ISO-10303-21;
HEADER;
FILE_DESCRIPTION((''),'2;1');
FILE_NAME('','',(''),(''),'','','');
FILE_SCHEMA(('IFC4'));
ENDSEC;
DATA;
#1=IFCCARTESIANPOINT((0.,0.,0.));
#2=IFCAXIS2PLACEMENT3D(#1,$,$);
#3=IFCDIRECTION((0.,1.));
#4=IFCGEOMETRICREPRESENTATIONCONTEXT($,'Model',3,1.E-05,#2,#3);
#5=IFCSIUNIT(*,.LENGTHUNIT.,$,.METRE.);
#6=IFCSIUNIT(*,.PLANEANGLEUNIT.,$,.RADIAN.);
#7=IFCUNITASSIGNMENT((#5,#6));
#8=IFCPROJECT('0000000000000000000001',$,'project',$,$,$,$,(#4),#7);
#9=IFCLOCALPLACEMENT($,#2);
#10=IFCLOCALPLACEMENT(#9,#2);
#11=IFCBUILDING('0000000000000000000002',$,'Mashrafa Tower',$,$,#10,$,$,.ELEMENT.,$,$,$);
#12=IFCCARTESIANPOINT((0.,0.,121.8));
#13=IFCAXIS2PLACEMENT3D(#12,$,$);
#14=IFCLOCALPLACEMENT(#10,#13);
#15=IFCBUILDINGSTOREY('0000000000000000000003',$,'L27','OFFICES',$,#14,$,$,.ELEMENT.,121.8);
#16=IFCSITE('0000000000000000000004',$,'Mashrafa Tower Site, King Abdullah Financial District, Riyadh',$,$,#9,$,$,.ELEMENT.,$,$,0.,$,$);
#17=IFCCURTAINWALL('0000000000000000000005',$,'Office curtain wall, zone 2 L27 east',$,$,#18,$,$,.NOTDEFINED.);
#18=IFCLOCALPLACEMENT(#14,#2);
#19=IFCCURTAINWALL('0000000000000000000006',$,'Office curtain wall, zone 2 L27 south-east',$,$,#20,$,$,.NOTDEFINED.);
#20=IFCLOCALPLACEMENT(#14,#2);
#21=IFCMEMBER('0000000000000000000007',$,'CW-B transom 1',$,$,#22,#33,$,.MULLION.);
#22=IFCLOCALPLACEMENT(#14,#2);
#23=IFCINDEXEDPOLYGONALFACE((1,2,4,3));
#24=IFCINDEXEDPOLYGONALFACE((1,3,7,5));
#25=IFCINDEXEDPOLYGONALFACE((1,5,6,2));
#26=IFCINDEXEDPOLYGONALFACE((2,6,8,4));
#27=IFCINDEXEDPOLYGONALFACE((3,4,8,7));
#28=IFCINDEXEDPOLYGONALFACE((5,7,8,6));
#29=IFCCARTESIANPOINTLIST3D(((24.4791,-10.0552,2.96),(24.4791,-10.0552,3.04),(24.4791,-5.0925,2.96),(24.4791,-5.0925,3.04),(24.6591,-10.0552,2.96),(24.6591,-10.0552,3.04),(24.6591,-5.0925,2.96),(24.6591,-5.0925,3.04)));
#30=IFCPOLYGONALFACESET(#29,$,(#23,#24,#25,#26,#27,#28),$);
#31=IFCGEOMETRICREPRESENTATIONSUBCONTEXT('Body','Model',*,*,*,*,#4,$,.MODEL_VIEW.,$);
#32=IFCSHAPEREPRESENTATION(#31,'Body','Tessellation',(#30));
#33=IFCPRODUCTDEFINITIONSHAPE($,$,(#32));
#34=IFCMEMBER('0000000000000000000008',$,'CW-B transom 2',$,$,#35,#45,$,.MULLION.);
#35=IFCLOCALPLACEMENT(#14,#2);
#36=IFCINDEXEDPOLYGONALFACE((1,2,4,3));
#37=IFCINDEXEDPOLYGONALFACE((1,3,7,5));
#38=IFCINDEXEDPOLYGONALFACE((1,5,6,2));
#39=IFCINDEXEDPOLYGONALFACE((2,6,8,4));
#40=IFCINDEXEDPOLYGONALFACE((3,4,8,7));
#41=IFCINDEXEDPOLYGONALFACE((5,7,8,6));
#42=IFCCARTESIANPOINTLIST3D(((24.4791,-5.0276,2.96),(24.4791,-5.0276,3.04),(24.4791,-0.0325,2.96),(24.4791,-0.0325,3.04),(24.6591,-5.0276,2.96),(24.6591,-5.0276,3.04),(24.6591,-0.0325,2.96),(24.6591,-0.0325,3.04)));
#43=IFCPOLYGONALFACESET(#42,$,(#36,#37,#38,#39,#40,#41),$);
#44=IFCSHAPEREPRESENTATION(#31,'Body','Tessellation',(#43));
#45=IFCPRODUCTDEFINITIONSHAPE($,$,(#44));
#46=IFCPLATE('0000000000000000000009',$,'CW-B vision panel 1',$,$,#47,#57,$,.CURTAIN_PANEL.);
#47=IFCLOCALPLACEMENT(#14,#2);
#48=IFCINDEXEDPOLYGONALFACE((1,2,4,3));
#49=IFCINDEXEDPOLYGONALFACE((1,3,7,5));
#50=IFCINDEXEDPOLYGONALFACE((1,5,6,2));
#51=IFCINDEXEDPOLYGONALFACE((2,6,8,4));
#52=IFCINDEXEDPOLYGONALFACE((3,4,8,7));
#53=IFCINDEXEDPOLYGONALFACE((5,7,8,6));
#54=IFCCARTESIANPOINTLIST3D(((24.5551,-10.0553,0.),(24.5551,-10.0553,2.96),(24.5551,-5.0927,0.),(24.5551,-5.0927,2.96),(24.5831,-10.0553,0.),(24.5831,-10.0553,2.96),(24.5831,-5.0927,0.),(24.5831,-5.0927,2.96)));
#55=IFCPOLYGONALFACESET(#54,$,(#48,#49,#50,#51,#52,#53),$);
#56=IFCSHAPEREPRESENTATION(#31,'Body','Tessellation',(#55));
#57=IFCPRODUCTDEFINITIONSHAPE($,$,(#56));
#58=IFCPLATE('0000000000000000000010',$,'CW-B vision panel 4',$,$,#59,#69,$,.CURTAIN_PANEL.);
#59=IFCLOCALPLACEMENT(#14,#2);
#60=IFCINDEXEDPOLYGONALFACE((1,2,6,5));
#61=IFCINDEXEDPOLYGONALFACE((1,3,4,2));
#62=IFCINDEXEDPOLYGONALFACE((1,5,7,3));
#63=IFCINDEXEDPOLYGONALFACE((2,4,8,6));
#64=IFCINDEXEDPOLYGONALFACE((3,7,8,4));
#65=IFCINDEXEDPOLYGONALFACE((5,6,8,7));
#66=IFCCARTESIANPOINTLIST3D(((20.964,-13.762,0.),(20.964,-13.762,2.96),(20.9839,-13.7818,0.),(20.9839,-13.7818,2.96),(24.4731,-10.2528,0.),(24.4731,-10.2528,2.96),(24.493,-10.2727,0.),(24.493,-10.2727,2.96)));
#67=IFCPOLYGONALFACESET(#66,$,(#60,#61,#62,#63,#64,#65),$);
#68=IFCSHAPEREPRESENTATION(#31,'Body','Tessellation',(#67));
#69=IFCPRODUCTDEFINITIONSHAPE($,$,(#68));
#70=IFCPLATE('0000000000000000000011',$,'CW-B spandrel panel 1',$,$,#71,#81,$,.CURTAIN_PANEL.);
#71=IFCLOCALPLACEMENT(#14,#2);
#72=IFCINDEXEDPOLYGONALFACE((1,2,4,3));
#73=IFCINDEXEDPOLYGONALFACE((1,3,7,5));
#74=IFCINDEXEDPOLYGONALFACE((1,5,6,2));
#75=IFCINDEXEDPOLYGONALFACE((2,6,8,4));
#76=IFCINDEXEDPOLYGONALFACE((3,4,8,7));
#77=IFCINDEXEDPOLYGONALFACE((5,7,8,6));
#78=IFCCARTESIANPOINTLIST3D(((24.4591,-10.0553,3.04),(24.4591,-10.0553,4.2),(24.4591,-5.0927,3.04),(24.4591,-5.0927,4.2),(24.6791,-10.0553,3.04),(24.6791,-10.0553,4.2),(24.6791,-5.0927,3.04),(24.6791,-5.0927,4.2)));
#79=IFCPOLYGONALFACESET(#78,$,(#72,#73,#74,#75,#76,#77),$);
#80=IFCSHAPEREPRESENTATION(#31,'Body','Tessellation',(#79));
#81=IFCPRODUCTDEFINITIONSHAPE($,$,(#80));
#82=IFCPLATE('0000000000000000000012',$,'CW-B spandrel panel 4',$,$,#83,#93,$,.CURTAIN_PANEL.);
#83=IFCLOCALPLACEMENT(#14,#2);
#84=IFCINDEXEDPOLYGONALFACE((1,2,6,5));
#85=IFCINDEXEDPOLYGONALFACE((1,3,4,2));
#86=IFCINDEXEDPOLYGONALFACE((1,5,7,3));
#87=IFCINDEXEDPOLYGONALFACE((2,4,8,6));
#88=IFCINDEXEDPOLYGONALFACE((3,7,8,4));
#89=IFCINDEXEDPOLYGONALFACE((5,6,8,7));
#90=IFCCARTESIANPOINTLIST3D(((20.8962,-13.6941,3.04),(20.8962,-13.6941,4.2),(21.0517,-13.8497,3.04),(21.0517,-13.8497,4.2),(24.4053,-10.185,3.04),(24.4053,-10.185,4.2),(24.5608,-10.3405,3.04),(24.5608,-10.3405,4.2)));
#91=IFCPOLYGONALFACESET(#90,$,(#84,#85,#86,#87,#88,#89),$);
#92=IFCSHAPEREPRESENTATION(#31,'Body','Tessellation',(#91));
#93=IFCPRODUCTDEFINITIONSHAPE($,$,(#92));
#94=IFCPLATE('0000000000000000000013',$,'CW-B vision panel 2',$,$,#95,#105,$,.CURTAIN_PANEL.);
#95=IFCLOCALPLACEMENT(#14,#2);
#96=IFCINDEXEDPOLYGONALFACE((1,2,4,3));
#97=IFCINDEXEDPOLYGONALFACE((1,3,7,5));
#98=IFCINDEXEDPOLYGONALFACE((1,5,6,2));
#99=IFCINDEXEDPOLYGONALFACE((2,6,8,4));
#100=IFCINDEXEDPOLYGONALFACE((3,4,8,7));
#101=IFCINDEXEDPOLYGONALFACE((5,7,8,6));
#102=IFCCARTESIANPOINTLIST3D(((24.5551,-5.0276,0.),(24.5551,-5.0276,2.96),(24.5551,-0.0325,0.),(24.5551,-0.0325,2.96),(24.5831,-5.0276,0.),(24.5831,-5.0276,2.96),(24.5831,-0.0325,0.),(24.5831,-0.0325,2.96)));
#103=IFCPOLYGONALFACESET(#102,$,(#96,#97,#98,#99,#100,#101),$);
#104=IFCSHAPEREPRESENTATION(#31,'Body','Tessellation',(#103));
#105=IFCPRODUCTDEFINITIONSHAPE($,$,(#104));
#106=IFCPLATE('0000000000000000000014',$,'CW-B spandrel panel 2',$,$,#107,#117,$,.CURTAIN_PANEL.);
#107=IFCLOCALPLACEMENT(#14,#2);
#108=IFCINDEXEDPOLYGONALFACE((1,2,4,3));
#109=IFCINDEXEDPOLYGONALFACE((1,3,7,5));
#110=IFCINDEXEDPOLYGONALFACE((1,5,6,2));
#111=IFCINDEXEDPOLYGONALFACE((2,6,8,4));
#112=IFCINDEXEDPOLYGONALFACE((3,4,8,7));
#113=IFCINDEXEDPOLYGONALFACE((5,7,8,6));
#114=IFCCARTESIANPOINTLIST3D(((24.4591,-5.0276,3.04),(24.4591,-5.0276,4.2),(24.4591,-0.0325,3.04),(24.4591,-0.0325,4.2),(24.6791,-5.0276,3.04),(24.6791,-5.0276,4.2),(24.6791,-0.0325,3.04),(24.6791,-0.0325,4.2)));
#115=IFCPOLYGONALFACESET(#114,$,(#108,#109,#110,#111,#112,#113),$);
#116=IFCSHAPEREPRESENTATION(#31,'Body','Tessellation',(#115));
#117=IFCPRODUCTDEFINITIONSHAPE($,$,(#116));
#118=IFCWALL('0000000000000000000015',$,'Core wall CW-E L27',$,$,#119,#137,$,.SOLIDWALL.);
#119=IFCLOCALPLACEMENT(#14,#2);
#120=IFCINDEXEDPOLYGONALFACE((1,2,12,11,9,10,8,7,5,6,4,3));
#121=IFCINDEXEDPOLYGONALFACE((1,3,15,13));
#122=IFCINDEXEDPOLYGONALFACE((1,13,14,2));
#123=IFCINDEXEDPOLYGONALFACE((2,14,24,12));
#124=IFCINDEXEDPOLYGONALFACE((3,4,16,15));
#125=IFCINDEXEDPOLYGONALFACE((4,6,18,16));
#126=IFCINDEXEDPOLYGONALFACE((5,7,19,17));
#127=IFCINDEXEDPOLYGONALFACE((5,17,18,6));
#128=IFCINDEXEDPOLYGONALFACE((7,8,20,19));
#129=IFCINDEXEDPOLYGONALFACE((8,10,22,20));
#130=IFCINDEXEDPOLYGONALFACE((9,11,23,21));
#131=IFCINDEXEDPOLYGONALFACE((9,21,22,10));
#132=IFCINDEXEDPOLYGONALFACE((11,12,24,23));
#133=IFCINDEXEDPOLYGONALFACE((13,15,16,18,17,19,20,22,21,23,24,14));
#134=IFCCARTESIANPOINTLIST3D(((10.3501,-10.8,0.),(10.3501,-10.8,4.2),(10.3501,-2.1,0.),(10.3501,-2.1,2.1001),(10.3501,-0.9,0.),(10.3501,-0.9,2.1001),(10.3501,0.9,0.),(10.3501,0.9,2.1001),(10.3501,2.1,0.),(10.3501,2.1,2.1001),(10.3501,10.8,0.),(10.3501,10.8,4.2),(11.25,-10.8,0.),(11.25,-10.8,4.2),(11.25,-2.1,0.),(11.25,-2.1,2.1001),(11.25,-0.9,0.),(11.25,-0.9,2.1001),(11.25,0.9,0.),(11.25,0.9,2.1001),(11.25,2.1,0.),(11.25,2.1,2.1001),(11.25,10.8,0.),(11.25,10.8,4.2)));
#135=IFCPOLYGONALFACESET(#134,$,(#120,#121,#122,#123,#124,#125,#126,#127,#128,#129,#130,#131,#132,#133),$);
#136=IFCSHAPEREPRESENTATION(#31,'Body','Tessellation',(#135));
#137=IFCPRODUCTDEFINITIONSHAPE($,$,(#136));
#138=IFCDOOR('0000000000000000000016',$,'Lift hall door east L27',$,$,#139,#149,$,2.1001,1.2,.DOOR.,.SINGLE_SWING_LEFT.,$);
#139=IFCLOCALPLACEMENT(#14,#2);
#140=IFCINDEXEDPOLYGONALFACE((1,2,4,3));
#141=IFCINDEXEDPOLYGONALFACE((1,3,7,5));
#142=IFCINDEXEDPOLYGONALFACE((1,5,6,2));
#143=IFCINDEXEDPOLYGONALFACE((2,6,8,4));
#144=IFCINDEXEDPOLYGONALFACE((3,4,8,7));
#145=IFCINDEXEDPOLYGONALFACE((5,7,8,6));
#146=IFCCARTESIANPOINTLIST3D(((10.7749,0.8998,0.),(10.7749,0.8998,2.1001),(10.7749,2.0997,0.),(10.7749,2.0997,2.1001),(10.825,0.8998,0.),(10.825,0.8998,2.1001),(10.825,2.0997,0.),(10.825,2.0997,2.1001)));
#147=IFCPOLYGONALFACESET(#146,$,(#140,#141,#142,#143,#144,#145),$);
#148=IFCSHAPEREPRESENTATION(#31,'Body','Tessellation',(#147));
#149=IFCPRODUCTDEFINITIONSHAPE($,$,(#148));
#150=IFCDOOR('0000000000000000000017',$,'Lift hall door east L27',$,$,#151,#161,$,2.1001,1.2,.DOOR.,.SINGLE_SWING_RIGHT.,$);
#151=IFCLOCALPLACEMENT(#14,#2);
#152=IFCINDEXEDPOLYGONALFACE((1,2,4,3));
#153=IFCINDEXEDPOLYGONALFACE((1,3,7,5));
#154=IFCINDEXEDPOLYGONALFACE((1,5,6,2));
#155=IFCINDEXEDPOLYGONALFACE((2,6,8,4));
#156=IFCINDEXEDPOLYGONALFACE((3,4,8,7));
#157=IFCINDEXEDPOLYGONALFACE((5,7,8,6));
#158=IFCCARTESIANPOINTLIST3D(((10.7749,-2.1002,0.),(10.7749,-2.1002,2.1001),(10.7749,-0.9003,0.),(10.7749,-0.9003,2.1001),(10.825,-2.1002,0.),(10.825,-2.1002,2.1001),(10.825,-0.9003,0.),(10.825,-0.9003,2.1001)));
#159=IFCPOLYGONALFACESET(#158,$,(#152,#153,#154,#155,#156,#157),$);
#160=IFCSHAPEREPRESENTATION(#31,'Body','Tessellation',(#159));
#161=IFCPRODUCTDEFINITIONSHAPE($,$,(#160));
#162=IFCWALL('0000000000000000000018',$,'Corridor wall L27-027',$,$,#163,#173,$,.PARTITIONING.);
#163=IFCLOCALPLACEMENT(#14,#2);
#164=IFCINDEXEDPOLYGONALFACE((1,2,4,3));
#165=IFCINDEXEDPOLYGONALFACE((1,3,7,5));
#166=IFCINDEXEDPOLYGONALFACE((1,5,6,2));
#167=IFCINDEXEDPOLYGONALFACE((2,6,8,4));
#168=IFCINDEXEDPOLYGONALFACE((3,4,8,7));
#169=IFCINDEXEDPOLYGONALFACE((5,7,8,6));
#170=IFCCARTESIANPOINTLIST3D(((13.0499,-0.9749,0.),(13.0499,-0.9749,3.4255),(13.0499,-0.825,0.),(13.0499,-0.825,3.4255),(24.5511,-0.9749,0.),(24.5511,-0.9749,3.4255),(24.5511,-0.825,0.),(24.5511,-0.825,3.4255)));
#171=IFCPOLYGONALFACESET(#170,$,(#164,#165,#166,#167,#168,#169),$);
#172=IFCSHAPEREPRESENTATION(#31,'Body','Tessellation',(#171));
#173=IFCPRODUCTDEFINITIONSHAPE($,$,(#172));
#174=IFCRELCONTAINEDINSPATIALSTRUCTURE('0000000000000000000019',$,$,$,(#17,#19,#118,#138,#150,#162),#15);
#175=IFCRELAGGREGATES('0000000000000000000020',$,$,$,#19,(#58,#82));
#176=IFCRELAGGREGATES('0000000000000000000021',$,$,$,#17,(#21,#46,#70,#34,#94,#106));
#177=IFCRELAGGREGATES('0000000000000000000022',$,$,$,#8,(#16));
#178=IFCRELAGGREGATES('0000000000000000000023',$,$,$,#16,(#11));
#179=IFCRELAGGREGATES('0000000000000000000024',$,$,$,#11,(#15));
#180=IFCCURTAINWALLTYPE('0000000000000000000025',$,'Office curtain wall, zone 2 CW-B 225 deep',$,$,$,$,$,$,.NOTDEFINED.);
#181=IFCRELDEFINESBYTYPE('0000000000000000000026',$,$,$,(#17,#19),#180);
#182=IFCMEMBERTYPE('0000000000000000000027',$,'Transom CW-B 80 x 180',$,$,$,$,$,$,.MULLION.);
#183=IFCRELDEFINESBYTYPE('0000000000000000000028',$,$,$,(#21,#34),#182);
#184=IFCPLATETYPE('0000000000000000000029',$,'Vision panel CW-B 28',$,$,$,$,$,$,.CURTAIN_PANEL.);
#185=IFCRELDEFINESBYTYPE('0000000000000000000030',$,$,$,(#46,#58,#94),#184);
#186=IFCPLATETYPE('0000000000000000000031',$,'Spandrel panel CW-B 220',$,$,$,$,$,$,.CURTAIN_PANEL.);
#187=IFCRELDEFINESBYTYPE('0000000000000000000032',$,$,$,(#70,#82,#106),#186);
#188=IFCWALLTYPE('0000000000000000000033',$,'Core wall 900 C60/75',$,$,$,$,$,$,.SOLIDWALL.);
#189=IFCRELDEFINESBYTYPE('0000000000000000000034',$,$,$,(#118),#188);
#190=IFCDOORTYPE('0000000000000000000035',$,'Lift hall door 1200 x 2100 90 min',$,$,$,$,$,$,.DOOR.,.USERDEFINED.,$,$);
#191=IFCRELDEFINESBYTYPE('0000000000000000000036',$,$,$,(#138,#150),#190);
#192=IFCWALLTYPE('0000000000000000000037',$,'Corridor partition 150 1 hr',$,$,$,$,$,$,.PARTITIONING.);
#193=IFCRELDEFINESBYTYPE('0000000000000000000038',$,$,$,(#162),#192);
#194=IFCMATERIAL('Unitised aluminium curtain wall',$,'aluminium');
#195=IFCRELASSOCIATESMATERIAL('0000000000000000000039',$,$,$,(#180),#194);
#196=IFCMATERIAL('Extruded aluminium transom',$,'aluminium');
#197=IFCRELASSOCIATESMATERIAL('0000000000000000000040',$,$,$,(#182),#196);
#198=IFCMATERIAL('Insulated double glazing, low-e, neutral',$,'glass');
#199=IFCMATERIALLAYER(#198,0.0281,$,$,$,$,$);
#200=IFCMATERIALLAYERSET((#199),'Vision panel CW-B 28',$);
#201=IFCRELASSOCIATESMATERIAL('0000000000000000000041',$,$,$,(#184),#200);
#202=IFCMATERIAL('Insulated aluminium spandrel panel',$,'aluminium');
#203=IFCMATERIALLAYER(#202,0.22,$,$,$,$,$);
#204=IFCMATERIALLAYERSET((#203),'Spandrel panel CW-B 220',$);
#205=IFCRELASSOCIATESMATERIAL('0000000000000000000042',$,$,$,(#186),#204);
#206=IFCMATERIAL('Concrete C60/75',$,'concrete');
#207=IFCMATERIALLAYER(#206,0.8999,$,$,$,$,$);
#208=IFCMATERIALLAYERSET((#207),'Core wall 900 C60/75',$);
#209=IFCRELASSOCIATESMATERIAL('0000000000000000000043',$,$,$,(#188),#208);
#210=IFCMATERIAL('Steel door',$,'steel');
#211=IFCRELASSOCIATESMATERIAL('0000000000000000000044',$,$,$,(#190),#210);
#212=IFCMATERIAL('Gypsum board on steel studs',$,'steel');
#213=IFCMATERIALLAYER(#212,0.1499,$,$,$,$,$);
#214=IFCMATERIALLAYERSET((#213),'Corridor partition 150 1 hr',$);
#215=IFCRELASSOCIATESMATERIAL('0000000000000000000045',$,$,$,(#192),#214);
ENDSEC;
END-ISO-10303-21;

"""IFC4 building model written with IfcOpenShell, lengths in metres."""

from ifc_helpers import new_model, si_unit, direction, frame, frame_2d, origin, origin_2d, place, context, subcontext, project, spatial, rectangle, extrude, source, transform, mapped, material, layer, layer_set, material_profile, profile_set, type_object, type_shapes, element, fill, aggregate, save


model = new_model("IFC4")

# Units and contexts
model_context = context("Model", 3, precision=1e-05, world=origin(), true_north=direction((0.0, 1.0)))
body_context = subcontext(model_context, "Body", "Model", "MODEL_VIEW")
ifc_project = project(units=[si_unit("LENGTHUNIT", "METRE"), si_unit("PLANEANGLEUNIT", "RADIAN")], contexts=[model_context])

# Site, building, storey
site_placement = place(None, origin())
site = spatial("IfcSite", under=ifc_project, at=site_placement, Name="Mashrafa Tower Site, King Abdullah Financial District, Riyadh", CompositionType="ELEMENT", RefElevation=0.0)
building_placement = place(site_placement, origin())
building = spatial("IfcBuilding", under=site, at=building_placement, Name="Mashrafa Tower", CompositionType="ELEMENT")
storey_placement = place(building_placement, frame((0.0, 0.0, 121.8)))
storey = spatial("IfcBuildingStorey", under=building, at=storey_placement, Name="L27", Description="OFFICES", CompositionType="ELEMENT", Elevation=121.8)

# Curtain wall
ifc_material_1 = material(Name="Unitised aluminium curtain wall", Category="aluminium")
curtain_wall_type = type_object("IfcCurtainWallType", Name="Office curtain wall, zone 2 CW-B 225 deep", PredefinedType="NOTDEFINED", material=ifc_material_1)
curtain_wall_1_placement = place(storey_placement, origin())
curtain_wall_1 = element("IfcCurtainWall", 1, at=curtain_wall_1_placement, inside=storey, type_object=curtain_wall_type, Name="Office curtain wall, zone 2 L27 east", PredefinedType="NOTDEFINED")

# Curtain wall
curtain_wall_2_placement = place(storey_placement, origin())
curtain_wall_2 = element("IfcCurtainWall", 2, at=curtain_wall_2_placement, inside=storey, type_object=curtain_wall_type, Name="Office curtain wall, zone 2 L27 south-east", PredefinedType="NOTDEFINED")

# Members
ifc_material_2 = material(Name="Extruded aluminium transom", Category="aluminium")
ifc_material_profile_1 = material_profile(ifc_material_2, rectangle(XDim=0.1799, YDim=0.0801, at=origin_2d()), Name="Transom 80x180")
ifc_profile_set_1 = profile_set([ifc_material_profile_1], Name="Extruded aluminium transom")
member_type_1 = type_object("IfcMemberType", Name="Transom CW-B 80 x 180", PredefinedType="MULLION", material=ifc_profile_set_1)
shared_shape_1 = source(origin(), body_context, "Body", "SweptSolid", [
    extrude(rectangle(XDim=0.1799, YDim=0.0801, at=origin_2d()), origin(), (0.0, 0.0, 1.0), 4.9626),
])
member_1_placement = place(storey_placement, frame((24.5691, -10.0552, 3.0), z_axis=(0.0, 1.0, 0.0), x_axis=(-1.0, 0.0, 0.0)))
member_1 = element("IfcMember", 3, at=member_1_placement, type_object=member_type_1, Name="CW-B transom 1", PredefinedType="MULLION", context=body_context, shape_type="MappedRepresentation", body=[
    mapped(shared_shape_1, transform((0.0, 0.0, 0.0))),
])
shared_shape_2 = source(origin(), body_context, "Body", "SweptSolid", [
    extrude(rectangle(XDim=0.1799, YDim=0.0801, at=origin_2d()), origin(), (0.0, 0.0, 1.0), 4.9951),
])
type_shapes(member_type_1, [shared_shape_1, shared_shape_2])
member_2_placement = place(storey_placement, frame((24.5691, -5.0276, 3.0), z_axis=(0.0, 1.0, 0.0), x_axis=(-1.0, 0.0, 0.0)))
member_2 = element("IfcMember", 4, at=member_2_placement, type_object=member_type_1, Name="CW-B transom 2", PredefinedType="MULLION", context=body_context, shape_type="MappedRepresentation", body=[
    mapped(shared_shape_2, transform((0.0, 0.0, 0.0))),
])

# Plates
ifc_material_3 = material(Name="Insulated double glazing, low-e, neutral", Category="glass")
ifc_layer_1 = layer(ifc_material_3, 0.0281)
ifc_layer_set_1 = layer_set([ifc_layer_1], Name="Vision panel CW-B 28")
plate_type_1 = type_object("IfcPlateType", Name="Vision panel CW-B 28", PredefinedType="CURTAIN_PANEL", material=ifc_layer_set_1)
shared_shape_3 = source(origin(), body_context, "Body", "SweptSolid", [
    extrude(rectangle(XDim=4.9626, YDim=0.0281, at=origin_2d()), origin(), (0.0, 0.0, 1.0), 2.96),
])
plate_1_placement = place(storey_placement, frame((24.5691, -7.574, 0.0), z_axis=(0.0, 0.0, 1.0), x_axis=(0.0, 1.0, 0.0)))
plate_1 = element("IfcPlate", 5, at=plate_1_placement, type_object=plate_type_1, Name="CW-B vision panel 1", PredefinedType="CURTAIN_PANEL", context=body_context, shape_type="MappedRepresentation", body=[
    mapped(shared_shape_3, transform((0.0, 0.0, 0.0))),
])
plate_2_placement = place(storey_placement, frame((22.7285, -12.0173, 0.0), z_axis=(0.0, 0.0, 1.0), x_axis=(0.707107, 0.707107, 0.0)))
plate_2 = element("IfcPlate", 6, at=plate_2_placement, type_object=plate_type_1, Name="CW-B vision panel 4", PredefinedType="CURTAIN_PANEL", context=body_context, shape_type="MappedRepresentation", body=[
    mapped(shared_shape_3, transform((0.0, 0.0, 0.0))),
])
ifc_material_4 = material(Name="Insulated aluminium spandrel panel", Category="aluminium")
ifc_layer_2 = layer(ifc_material_4, 0.22)
ifc_layer_set_2 = layer_set([ifc_layer_2], Name="Spandrel panel CW-B 220")
plate_type_2 = type_object("IfcPlateType", Name="Spandrel panel CW-B 220", PredefinedType="CURTAIN_PANEL", material=ifc_layer_set_2)
shared_shape_4 = source(origin(), body_context, "Body", "SweptSolid", [
    extrude(rectangle(XDim=4.9626, YDim=0.22, at=origin_2d()), origin(), (0.0, 0.0, 1.0), 1.1599),
])
plate_3_placement = place(storey_placement, frame((24.5691, -7.574, 3.04), z_axis=(0.0, 0.0, 1.0), x_axis=(0.0, 1.0, 0.0)))
plate_3 = element("IfcPlate", 7, at=plate_3_placement, type_object=plate_type_2, Name="CW-B spandrel panel 1", PredefinedType="CURTAIN_PANEL", context=body_context, shape_type="MappedRepresentation", body=[
    mapped(shared_shape_4, transform((0.0, 0.0, 0.0))),
])
plate_4_placement = place(storey_placement, frame((22.7285, -12.0173, 3.04), z_axis=(0.0, 0.0, 1.0), x_axis=(0.707107, 0.707107, 0.0)))
plate_4 = element("IfcPlate", 8, at=plate_4_placement, type_object=plate_type_2, Name="CW-B spandrel panel 4", PredefinedType="CURTAIN_PANEL", context=body_context, shape_type="MappedRepresentation", body=[
    mapped(shared_shape_4, transform((0.0, 0.0, 0.0))),
])
aggregate(curtain_wall_2, [plate_2, plate_4])
shared_shape_5 = source(origin(), body_context, "Body", "SweptSolid", [
    extrude(rectangle(XDim=4.9951, YDim=0.0281, at=origin_2d()), origin(), (0.0, 0.0, 1.0), 2.96),
])
type_shapes(plate_type_1, [shared_shape_3, shared_shape_5])
plate_5_placement = place(storey_placement, frame((24.5691, -2.53, 0.0), z_axis=(0.0, 0.0, 1.0), x_axis=(0.0, 1.0, 0.0)))
plate_5 = element("IfcPlate", 9, at=plate_5_placement, type_object=plate_type_1, Name="CW-B vision panel 2", PredefinedType="CURTAIN_PANEL", context=body_context, shape_type="MappedRepresentation", body=[
    mapped(shared_shape_5, transform((0.0, 0.0, 0.0))),
])
shared_shape_6 = source(origin(), body_context, "Body", "SweptSolid", [
    extrude(rectangle(XDim=4.9951, YDim=0.22, at=origin_2d()), origin(), (0.0, 0.0, 1.0), 1.1599),
])
type_shapes(plate_type_2, [shared_shape_4, shared_shape_6])
plate_6_placement = place(storey_placement, frame((24.5691, -2.53, 3.04), z_axis=(0.0, 0.0, 1.0), x_axis=(0.0, 1.0, 0.0)))
plate_6 = element("IfcPlate", 10, at=plate_6_placement, type_object=plate_type_2, Name="CW-B spandrel panel 2", PredefinedType="CURTAIN_PANEL", context=body_context, shape_type="MappedRepresentation", body=[
    mapped(shared_shape_6, transform((0.0, 0.0, 0.0))),
])
aggregate(curtain_wall_1, [member_1, plate_1, plate_3, member_2, plate_5, plate_6])

# Wall, openings, doors
ifc_material_5 = material(Name="Concrete C60/75", Category="concrete")
ifc_layer_3 = layer(ifc_material_5, 0.8999)
ifc_layer_set_3 = layer_set([ifc_layer_3], Name="Core wall 900 C60/75")
wall_type_1 = type_object("IfcWallType", Name="Core wall 900 C60/75", PredefinedType="SOLIDWALL", material=ifc_layer_set_3)
wall_1_placement = place(storey_placement, frame((10.8, -10.8, 0.0), z_axis=(0.0, 0.0, 1.0), x_axis=(0.0, 1.0, 0.0)))
wall_1 = element("IfcWall", 11, at=wall_1_placement, inside=storey, type_object=wall_type_1, Name="Core wall CW-E L27", PredefinedType="SOLIDWALL", context=body_context, shape_type="SweptSolid", body=[
    extrude(rectangle(XDim=21.6001, YDim=0.8999, at=frame_2d((10.8, 0.0))), origin(), (0.0, 0.0, 1.0), 4.2),
])
opening_1_placement = place(wall_1_placement, frame((11.7, 0.0, 0.0)))
opening_1 = element("IfcOpeningElement", 12, at=opening_1_placement, cuts=wall_1, PredefinedType="OPENING", context=body_context, shape_type="SweptSolid", body=[
    extrude(rectangle(XDim=1.2, YDim=2.1001, at=frame_2d((0.6001, 1.05))), frame((0.0, 0.46, 0.0), z_axis=(0.0, -1.0, 0.0), x_axis=(1.0, 0.0, 0.0)), (0.0, 0.0, 1.0), 0.9199),
])
opening_2_placement = place(wall_1_placement, frame((8.7, 0.0, 0.0)))
opening_2 = element("IfcOpeningElement", 13, at=opening_2_placement, cuts=wall_1, PredefinedType="OPENING", context=body_context, shape_type="SweptSolid", body=[
    extrude(rectangle(XDim=1.2, YDim=2.1001, at=frame_2d((0.6001, 1.05))), frame((0.0, 0.46, 0.0), z_axis=(0.0, -1.0, 0.0), x_axis=(1.0, 0.0, 0.0)), (0.0, 0.0, 1.0), 0.9199),
])
ifc_material_6 = material(Name="Steel door", Category="steel")
door_type = type_object("IfcDoorType", Name="Lift hall door 1200 x 2100 90 min", OperationType="USERDEFINED", PredefinedType="DOOR", material=ifc_material_6)
door_1_placement = place(opening_1_placement, frame((1.2, 0.0, 0.0), z_axis=(0.0, 0.0, 1.0), x_axis=(-1.0, 0.0, 0.0)))
door_1 = element("IfcDoor", 14, at=door_1_placement, inside=storey, type_object=door_type, Name="Lift hall door east L27", OperationType="SINGLE_SWING_LEFT", OverallHeight=2.1001, OverallWidth=1.2, PredefinedType="DOOR", context=body_context, shape_type="SweptSolid", body=[
    extrude(rectangle(XDim=1.2, YDim=2.1001, at=frame_2d((0.6001, 1.05))), frame((0.0, 0.0249, 0.0), z_axis=(0.0, -1.0, 0.0), x_axis=(1.0, 0.0, 0.0)), (0.0, 0.0, 1.0), 0.05),
])
fill(opening_1, door_1)
door_2_placement = place(opening_2_placement, frame((1.2, 0.0, 0.0), z_axis=(0.0, 0.0, 1.0), x_axis=(-1.0, 0.0, 0.0)))
door_2 = element("IfcDoor", 15, at=door_2_placement, inside=storey, type_object=door_type, Name="Lift hall door east L27", OperationType="SINGLE_SWING_RIGHT", OverallHeight=2.1001, OverallWidth=1.2, PredefinedType="DOOR", context=body_context, shape_type="SweptSolid", body=[
    extrude(rectangle(XDim=1.2, YDim=2.1001, at=frame_2d((0.6001, 1.05))), frame((0.0, 0.0249, 0.0), z_axis=(0.0, -1.0, 0.0), x_axis=(1.0, 0.0, 0.0)), (0.0, 0.0, 1.0), 0.05),
])
fill(opening_2, door_2)

# Wall
ifc_material_7 = material(Name="Gypsum board on steel studs", Category="steel")
ifc_layer_4 = layer(ifc_material_7, 0.1499)
ifc_layer_set_4 = layer_set([ifc_layer_4], Name="Corridor partition 150 1 hr")
wall_type_2 = type_object("IfcWallType", Name="Corridor partition 150 1 hr", PredefinedType="PARTITIONING", material=ifc_layer_set_4)
wall_2_placement = place(storey_placement, frame((13.05, -0.8999, 0.0), z_axis=(0.0, 0.0, 1.0), x_axis=(1.0, 0.0, 0.0)))
element("IfcWall", 16, at=wall_2_placement, inside=storey, type_object=wall_type_2, Name="Corridor wall L27-027", PredefinedType="PARTITIONING", context=body_context, shape_type="SweptSolid", body=[
    extrude(rectangle(XDim=11.5012, YDim=0.1499, at=frame_2d((5.7505, 0.0))), origin(), (0.0, 0.0, 1.0), 3.4255),
])

save(model, "model.ifc")
